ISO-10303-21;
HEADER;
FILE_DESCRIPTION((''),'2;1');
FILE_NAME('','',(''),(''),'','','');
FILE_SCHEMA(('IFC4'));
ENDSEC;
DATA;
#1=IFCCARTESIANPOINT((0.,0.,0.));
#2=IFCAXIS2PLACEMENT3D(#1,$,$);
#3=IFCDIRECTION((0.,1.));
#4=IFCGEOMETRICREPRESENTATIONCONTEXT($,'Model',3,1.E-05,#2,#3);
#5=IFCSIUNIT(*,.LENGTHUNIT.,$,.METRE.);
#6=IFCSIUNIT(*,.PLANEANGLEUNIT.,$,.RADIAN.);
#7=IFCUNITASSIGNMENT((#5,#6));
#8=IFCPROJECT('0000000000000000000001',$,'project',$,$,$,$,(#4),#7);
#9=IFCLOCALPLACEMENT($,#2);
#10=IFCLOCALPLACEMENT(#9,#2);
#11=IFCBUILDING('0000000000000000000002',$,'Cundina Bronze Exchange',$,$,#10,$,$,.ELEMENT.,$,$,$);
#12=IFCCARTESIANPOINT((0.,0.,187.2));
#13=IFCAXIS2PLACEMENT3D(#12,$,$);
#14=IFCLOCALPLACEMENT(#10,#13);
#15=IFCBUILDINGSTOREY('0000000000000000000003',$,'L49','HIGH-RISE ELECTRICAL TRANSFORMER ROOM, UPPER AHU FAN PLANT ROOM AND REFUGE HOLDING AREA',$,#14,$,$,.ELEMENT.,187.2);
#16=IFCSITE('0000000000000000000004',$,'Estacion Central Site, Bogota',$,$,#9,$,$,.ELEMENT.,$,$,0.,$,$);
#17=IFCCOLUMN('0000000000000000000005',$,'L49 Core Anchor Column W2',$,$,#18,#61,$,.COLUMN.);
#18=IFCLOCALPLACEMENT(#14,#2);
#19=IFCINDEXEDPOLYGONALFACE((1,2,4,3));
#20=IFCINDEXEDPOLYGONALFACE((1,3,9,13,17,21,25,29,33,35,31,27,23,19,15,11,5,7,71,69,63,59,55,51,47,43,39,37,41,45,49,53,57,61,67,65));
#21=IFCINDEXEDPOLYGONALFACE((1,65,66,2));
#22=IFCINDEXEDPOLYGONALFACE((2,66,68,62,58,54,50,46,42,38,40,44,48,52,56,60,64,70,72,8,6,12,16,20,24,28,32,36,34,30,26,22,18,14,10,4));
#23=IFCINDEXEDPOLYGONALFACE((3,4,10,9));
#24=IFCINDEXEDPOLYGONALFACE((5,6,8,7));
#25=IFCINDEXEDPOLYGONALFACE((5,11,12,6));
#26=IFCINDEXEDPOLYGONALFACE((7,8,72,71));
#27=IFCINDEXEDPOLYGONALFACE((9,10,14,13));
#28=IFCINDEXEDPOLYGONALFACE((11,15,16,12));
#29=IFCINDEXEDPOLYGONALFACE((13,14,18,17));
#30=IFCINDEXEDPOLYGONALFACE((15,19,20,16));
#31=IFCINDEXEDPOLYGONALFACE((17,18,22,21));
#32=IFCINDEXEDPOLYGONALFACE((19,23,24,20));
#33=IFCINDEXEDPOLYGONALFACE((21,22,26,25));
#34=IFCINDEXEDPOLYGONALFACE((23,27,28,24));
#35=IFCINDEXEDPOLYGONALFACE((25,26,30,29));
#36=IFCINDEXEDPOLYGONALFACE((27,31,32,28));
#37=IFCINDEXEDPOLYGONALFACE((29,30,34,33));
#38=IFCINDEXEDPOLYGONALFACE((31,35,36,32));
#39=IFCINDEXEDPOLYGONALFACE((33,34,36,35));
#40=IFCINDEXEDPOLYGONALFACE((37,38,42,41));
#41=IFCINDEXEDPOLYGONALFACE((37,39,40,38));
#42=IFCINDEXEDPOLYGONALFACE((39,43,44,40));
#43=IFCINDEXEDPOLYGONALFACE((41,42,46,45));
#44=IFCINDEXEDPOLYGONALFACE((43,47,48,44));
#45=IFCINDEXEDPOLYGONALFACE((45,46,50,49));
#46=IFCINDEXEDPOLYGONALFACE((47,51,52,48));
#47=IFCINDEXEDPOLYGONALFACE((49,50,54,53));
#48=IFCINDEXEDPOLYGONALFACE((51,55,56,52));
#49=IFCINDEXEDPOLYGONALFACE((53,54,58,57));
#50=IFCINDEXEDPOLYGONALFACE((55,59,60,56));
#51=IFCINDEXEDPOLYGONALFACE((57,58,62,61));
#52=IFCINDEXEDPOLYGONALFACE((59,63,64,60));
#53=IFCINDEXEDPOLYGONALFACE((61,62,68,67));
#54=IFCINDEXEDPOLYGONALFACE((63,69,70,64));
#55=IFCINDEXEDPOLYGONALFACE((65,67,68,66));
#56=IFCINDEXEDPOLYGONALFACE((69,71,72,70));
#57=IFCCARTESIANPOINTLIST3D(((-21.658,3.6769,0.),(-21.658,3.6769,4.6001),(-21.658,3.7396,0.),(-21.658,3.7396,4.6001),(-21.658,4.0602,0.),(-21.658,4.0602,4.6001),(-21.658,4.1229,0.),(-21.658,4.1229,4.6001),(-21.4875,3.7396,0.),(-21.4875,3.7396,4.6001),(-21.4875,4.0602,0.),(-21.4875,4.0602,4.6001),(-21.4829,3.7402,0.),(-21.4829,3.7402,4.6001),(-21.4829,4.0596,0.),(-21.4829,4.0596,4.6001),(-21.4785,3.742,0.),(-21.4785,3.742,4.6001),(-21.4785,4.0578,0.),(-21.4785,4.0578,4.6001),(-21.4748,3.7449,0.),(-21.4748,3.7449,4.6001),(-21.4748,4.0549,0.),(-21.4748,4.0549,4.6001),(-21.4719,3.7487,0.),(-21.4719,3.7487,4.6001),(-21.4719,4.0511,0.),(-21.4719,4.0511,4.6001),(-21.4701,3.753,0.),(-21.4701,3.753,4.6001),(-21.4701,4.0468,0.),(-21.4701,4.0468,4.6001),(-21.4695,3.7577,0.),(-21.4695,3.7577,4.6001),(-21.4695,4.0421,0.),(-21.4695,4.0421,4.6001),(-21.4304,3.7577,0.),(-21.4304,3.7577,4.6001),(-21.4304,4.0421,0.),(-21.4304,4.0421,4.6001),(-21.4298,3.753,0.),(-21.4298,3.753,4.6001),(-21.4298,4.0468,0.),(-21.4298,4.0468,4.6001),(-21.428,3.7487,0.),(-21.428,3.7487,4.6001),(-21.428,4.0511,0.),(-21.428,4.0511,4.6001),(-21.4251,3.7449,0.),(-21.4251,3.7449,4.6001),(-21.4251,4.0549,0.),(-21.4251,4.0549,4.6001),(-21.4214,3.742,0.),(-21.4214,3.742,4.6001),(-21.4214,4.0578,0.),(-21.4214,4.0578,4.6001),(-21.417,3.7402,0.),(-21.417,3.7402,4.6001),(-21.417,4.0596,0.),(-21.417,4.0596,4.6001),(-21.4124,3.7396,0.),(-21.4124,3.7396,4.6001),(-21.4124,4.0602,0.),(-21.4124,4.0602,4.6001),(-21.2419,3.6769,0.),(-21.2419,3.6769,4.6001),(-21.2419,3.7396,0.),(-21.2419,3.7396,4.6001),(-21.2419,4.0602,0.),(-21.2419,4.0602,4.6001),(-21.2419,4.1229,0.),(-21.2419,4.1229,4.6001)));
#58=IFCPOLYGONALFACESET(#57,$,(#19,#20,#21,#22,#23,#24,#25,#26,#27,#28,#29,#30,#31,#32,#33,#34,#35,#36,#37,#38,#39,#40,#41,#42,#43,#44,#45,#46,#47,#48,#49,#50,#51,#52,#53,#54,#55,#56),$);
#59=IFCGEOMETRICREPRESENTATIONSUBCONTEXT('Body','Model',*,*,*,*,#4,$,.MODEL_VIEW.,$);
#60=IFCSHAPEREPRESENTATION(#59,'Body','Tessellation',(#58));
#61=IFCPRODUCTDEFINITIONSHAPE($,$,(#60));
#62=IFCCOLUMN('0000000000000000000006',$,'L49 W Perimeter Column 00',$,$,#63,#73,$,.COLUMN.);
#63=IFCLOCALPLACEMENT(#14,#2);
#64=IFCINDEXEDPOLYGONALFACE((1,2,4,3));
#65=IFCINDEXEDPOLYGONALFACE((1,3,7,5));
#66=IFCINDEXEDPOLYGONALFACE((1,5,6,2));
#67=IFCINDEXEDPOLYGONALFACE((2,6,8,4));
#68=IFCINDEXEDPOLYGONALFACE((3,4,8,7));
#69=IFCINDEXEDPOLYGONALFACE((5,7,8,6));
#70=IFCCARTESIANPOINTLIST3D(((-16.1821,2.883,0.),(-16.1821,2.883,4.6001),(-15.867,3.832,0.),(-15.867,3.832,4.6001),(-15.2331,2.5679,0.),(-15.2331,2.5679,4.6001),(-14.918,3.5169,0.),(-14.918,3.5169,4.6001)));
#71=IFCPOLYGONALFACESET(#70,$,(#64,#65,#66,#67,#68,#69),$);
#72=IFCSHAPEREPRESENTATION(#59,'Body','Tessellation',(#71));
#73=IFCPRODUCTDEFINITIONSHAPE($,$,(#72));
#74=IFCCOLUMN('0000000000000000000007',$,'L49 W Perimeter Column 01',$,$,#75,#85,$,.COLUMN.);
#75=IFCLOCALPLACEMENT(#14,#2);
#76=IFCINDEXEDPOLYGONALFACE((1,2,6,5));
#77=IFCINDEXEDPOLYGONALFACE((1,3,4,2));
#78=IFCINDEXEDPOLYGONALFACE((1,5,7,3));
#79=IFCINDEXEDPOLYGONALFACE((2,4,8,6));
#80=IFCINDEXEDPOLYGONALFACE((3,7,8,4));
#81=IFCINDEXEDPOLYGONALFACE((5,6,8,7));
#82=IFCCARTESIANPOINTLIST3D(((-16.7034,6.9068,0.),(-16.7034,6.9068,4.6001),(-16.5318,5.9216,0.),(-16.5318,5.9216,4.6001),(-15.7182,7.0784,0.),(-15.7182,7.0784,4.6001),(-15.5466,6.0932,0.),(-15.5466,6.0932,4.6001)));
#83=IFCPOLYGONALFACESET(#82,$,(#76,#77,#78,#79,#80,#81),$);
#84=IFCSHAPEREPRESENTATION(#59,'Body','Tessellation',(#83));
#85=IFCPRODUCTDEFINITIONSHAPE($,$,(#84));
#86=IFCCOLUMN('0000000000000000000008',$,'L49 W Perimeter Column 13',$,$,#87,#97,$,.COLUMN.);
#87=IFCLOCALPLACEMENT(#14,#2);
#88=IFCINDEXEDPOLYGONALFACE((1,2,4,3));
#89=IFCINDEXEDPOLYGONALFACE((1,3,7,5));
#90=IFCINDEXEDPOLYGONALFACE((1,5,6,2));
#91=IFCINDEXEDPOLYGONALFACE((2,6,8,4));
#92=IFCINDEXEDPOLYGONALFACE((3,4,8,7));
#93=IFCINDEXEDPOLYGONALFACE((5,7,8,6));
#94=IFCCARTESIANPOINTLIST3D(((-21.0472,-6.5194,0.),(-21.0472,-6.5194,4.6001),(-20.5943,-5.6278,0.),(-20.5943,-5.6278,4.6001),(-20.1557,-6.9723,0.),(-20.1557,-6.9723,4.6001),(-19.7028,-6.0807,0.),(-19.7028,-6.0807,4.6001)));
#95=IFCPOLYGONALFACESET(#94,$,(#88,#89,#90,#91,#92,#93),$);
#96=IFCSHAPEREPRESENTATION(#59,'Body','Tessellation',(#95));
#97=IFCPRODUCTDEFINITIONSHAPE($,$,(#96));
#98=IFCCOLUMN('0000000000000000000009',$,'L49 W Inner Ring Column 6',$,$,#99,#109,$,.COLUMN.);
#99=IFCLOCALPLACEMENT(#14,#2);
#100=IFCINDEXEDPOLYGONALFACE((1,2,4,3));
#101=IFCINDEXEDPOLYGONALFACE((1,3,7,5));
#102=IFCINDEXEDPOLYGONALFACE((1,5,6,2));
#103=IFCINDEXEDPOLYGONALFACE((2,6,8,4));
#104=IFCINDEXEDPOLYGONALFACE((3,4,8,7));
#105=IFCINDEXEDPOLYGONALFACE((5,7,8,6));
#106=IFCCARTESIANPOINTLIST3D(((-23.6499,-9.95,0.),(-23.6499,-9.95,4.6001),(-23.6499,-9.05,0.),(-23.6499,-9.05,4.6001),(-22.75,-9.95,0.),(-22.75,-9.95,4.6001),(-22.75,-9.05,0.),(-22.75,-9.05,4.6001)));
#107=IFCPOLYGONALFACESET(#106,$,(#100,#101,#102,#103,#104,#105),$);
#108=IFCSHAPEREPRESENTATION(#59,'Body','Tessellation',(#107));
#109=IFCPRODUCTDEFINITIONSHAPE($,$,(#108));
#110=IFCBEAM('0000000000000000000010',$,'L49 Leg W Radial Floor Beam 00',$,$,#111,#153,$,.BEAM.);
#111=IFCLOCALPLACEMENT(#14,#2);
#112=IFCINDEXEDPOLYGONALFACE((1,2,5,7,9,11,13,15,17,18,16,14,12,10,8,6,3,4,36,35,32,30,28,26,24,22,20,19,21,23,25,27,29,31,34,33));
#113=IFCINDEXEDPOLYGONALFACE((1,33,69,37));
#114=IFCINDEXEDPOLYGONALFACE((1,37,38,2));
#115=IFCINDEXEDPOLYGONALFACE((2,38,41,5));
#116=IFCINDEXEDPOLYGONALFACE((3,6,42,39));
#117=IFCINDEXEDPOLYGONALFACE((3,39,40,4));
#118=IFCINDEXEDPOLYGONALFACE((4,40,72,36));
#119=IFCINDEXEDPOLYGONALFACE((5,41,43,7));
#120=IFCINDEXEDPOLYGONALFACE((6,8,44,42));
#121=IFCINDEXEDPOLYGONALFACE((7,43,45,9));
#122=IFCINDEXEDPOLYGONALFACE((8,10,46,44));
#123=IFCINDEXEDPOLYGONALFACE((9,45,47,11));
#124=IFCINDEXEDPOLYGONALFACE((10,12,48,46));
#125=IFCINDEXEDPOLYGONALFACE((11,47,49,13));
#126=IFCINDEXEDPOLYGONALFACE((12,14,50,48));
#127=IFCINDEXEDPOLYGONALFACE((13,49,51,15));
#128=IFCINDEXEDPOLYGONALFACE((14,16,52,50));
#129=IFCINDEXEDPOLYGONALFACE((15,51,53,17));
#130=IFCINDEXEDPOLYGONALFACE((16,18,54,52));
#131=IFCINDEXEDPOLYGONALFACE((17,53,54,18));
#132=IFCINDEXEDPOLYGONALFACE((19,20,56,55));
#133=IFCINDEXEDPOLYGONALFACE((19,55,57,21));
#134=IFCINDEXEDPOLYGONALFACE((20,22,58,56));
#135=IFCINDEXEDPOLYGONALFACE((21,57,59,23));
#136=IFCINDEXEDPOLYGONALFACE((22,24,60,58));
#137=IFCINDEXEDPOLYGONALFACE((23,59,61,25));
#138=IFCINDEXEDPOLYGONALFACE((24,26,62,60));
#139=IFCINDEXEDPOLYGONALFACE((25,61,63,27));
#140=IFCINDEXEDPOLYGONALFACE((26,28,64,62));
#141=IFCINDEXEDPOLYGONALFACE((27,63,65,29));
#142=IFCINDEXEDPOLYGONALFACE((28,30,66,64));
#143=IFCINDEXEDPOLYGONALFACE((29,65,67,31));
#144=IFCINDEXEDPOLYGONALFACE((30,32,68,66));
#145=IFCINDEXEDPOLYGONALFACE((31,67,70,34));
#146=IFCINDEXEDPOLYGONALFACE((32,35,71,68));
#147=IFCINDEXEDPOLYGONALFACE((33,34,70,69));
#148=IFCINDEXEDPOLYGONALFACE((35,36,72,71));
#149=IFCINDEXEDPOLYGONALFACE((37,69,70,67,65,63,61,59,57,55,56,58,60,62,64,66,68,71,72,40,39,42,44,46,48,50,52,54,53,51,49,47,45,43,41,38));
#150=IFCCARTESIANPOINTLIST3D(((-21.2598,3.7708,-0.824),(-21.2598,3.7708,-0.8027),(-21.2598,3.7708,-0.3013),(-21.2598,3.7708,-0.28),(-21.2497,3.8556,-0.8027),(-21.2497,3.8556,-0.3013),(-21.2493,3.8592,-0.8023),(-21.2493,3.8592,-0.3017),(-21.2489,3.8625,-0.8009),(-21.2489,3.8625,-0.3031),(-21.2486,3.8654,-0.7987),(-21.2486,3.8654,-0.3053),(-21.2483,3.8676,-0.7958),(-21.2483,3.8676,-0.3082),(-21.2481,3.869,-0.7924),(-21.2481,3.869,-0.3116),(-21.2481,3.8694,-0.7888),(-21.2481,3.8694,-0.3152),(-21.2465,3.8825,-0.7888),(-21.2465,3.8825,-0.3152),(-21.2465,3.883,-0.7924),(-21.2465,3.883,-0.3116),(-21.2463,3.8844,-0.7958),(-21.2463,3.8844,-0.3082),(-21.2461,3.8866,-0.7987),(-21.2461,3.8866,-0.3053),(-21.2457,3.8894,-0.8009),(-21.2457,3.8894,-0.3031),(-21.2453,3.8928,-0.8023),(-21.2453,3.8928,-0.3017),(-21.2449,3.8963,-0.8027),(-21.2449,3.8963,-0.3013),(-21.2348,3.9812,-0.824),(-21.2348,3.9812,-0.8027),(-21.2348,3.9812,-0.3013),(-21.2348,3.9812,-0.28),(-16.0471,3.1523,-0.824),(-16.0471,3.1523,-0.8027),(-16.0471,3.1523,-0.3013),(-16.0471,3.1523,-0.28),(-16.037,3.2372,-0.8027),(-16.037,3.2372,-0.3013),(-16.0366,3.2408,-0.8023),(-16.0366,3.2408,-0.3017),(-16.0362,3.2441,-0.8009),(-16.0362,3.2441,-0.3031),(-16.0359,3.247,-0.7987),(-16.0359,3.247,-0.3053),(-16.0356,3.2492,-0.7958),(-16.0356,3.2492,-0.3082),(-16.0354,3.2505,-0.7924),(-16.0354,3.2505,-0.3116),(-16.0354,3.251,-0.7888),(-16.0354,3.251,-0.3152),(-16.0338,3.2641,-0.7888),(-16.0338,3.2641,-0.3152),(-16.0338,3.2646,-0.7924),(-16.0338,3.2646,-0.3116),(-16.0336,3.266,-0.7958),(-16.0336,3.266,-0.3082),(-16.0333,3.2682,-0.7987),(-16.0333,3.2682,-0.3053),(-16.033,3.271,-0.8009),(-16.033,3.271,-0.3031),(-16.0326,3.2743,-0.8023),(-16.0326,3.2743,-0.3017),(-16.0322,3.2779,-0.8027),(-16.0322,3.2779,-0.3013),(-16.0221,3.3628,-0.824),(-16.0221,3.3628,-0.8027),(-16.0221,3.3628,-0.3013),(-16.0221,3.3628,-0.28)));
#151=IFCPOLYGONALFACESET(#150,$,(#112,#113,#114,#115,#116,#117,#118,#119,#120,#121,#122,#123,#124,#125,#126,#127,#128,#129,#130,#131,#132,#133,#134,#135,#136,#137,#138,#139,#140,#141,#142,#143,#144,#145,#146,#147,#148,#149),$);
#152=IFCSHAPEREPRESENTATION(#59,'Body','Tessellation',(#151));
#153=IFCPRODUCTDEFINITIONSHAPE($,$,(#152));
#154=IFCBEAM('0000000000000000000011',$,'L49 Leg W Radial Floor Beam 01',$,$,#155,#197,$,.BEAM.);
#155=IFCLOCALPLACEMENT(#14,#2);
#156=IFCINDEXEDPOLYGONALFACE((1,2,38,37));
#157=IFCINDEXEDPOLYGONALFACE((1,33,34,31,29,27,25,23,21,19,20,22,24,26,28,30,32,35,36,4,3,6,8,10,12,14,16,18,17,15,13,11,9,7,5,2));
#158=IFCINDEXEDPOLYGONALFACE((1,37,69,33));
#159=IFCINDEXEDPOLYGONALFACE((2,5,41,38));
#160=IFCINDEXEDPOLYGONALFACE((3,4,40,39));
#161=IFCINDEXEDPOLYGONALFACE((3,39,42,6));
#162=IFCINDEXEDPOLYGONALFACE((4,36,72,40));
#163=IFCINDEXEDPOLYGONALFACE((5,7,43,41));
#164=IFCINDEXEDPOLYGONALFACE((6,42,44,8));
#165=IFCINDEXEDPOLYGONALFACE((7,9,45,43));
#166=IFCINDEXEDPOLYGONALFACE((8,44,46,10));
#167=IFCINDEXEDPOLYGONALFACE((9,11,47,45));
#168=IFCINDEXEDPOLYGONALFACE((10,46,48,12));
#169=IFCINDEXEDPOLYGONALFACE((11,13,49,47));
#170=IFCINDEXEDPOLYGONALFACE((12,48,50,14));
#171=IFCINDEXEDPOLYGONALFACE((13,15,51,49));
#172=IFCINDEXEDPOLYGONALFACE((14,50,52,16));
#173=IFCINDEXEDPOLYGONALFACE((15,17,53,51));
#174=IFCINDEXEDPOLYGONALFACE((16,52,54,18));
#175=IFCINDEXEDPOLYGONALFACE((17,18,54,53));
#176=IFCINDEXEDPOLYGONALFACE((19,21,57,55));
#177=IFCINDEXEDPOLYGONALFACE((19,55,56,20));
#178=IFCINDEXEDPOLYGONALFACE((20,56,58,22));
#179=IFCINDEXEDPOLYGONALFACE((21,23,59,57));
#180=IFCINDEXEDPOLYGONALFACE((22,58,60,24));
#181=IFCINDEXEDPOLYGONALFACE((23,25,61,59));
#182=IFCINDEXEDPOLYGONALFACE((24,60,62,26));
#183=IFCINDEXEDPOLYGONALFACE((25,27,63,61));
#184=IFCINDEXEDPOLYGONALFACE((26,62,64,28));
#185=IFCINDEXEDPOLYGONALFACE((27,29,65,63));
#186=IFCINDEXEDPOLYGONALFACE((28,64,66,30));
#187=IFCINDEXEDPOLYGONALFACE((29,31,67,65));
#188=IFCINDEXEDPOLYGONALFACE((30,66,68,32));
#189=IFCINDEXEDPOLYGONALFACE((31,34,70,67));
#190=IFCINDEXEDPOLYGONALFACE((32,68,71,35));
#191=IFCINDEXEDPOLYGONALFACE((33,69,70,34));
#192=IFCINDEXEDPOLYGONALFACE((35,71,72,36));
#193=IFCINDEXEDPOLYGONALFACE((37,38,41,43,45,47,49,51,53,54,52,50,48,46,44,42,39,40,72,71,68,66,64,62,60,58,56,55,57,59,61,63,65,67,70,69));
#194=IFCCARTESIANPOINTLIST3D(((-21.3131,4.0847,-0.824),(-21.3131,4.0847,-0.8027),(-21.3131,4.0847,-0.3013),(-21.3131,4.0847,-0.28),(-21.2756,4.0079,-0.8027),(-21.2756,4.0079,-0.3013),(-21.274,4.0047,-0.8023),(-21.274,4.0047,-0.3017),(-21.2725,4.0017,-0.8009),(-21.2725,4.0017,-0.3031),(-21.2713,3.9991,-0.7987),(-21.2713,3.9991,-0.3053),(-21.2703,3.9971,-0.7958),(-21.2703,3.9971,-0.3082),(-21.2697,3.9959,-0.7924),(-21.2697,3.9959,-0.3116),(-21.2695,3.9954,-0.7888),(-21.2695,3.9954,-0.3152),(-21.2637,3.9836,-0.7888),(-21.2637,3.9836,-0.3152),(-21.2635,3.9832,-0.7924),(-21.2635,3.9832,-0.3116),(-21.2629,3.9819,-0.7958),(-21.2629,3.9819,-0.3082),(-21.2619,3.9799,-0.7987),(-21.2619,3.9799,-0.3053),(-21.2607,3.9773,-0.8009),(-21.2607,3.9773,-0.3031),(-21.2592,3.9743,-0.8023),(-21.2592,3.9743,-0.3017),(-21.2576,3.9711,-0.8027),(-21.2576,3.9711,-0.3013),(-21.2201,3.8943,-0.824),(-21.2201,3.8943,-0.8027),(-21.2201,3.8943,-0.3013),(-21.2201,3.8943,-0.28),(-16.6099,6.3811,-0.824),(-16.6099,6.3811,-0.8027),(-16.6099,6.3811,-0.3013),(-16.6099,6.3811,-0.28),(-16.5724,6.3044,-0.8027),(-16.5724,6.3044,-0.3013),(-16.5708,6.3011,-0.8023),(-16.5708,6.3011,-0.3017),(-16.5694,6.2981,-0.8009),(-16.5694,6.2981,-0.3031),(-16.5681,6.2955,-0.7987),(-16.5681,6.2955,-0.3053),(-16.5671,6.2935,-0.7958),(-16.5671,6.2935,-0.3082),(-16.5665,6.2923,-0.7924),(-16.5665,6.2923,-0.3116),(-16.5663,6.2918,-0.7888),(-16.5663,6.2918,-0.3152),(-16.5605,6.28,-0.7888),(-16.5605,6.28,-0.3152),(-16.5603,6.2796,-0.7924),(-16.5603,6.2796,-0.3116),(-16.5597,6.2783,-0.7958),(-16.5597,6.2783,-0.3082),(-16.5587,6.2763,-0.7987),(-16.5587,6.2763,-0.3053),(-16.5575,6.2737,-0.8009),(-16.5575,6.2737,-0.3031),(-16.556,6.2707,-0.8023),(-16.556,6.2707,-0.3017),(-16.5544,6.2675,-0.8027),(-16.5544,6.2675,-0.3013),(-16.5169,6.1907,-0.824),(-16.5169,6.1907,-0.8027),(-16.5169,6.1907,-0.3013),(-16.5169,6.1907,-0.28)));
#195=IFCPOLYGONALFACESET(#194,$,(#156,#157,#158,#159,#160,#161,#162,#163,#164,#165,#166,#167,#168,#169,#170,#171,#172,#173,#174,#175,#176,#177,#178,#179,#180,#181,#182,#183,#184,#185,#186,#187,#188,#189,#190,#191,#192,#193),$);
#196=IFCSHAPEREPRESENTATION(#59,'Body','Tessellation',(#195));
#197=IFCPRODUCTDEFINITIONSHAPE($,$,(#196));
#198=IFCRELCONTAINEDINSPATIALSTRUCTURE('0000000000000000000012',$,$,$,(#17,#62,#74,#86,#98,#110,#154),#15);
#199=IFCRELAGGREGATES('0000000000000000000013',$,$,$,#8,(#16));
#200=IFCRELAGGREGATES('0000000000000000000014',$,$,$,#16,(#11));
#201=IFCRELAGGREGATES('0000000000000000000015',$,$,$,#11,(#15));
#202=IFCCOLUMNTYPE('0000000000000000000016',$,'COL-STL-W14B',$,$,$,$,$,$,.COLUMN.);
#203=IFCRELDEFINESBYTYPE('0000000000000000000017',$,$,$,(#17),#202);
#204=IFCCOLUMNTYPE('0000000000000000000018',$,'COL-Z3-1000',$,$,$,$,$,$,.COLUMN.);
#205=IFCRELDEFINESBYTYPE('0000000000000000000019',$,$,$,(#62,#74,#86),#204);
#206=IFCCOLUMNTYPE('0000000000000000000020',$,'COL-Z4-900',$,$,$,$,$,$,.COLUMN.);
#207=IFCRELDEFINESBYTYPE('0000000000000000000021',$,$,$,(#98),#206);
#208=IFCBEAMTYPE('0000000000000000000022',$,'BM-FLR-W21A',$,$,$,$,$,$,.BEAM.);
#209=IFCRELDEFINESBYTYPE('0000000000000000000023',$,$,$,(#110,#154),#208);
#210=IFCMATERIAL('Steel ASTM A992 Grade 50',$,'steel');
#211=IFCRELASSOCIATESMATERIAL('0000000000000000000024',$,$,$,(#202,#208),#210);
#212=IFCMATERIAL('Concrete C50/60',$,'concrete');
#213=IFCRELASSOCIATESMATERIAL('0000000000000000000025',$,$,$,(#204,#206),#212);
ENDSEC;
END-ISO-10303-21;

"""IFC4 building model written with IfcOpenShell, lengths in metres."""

from ifc_helpers import new_model, si_unit, direction, frame, origin, origin_2d, place, context, subcontext, project, spatial, rectangle, i_section, extrude, material, material_profile, profile_set, type_object, element, save


model = new_model("IFC4")

# Units and contexts
model_context = context("Model", 3, precision=1e-05, world=origin(), true_north=direction((0.0, 1.0)))
body_context = subcontext(model_context, "Body", "Model", "MODEL_VIEW")
ifc_project = project(units=[si_unit("LENGTHUNIT", "METRE"), si_unit("PLANEANGLEUNIT", "RADIAN")], contexts=[model_context])

# Site, building, storey
site_placement = place(None, origin())
site = spatial("IfcSite", under=ifc_project, at=site_placement, Name="Estacion Central Site, Bogota", CompositionType="ELEMENT", RefElevation=0.0)
building_placement = place(site_placement, origin())
building = spatial("IfcBuilding", under=site, at=building_placement, Name="Cundina Bronze Exchange", CompositionType="ELEMENT")
storey_placement = place(building_placement, frame((0.0, 0.0, 187.2)))
storey = spatial("IfcBuildingStorey", under=building, at=storey_placement, Name="L49", Description="HIGH-RISE ELECTRICAL TRANSFORMER ROOM, UPPER AHU FAN PLANT ROOM AND REFUGE HOLDING AREA", CompositionType="ELEMENT", Elevation=187.2)

# Columns
ifc_material_1 = material(Name="Steel ASTM A992 Grade 50", Category="steel")
ifc_material_profile_1 = material_profile(ifc_material_1, i_section(OverallWidth=0.416, OverallDepth=0.446, WebThickness=0.0391, FlangeThickness=0.0627, FilletRadius=0.0181, at=origin_2d()), Name="W14X342", Category="steel")
ifc_profile_set_1 = profile_set([ifc_material_profile_1], Name="Steel ASTM A992 Grade 50")
column_type_1 = type_object("IfcColumnType", Name="COL-STL-W14B", PredefinedType="COLUMN", material=ifc_profile_set_1)
column_1_placement = place(storey_placement, frame((-21.45, 3.8999, 0.0), z_axis=(0.0, 0.0, 1.0), x_axis=(1.0, 0.0, 0.0)))
element("IfcColumn", 1, at=column_1_placement, inside=storey, type_object=column_type_1, Name="L49 Core Anchor Column W2", PredefinedType="COLUMN", context=body_context, shape_type="SweptSolid", body=[
    extrude(i_section(OverallWidth=0.416, OverallDepth=0.446, WebThickness=0.0391, FlangeThickness=0.0627, FilletRadius=0.0181, at=origin_2d()), origin(), (0.0, 0.0, 1.0), 4.6001),
])
ifc_material_2 = material(Name="Concrete C50/60", Category="concrete")
ifc_material_profile_2 = material_profile(ifc_material_2, rectangle(XDim=1.0, YDim=1.0, at=origin_2d()), Name="RC1000X1000", Category="concrete")
ifc_profile_set_2 = profile_set([ifc_material_profile_2], Name="Concrete C50/60")
column_type_2 = type_object("IfcColumnType", Name="COL-Z3-1000", PredefinedType="COLUMN", material=ifc_profile_set_2)
for number, where, z_axis, x_axis, name in (
    (2, (-15.55, 3.2, 0.0), (0.0, 0.0, 1.0), (0.315152, 0.949041, 0.0), "L49 W Perimeter Column 00"),
    (3, (-16.125, 6.5, 0.0), (0.0, 0.0, 1.0), (-0.171585, 0.985169, 0.0), "L49 W Perimeter Column 01"),
    (4, (-20.375, -6.3, 0.0), (0.0, 0.0, 1.0), (0.452902, 0.891561, 0.0), "L49 W Perimeter Column 13"),
):
    element("IfcColumn", number, at=place(storey_placement, frame(where, z_axis=z_axis, x_axis=x_axis)), inside=storey, type_object=column_type_2, Name=name, PredefinedType="COLUMN", context=body_context, shape_type="SweptSolid", body=[
        extrude(rectangle(XDim=1.0, YDim=1.0, at=origin_2d()), origin(), (0.0, 0.0, 1.0), 4.6001),
    ])
ifc_material_profile_3 = material_profile(ifc_material_2, rectangle(XDim=0.8999, YDim=0.8999, at=origin_2d()), Name="RC900X900", Category="concrete")
ifc_profile_set_3 = profile_set([ifc_material_profile_3], Name="Concrete C50/60")
column_type_3 = type_object("IfcColumnType", Name="COL-Z4-900", PredefinedType="COLUMN", material=ifc_profile_set_3)
column_2_placement = place(storey_placement, frame((-23.2, -9.5, 0.0), z_axis=(0.0, 0.0, 1.0), x_axis=(1.0, 0.0, 0.0)))
element("IfcColumn", 5, at=column_2_placement, inside=storey, type_object=column_type_3, Name="L49 W Inner Ring Column 6", PredefinedType="COLUMN", context=body_context, shape_type="SweptSolid", body=[
    extrude(rectangle(XDim=0.8999, YDim=0.8999, at=origin_2d()), origin(), (0.0, 0.0, 1.0), 4.6001),
])

# Beams
ifc_material_profile_4 = material_profile(ifc_material_1, i_section(OverallWidth=0.2119, OverallDepth=0.5439, WebThickness=0.0132, FlangeThickness=0.0212, FilletRadius=0.0139, at=origin_2d()), Name="W21X83", Category="steel")
ifc_profile_set_4 = profile_set([ifc_material_profile_4], Name="Steel ASTM A992 Grade 50")
beam_type_1 = type_object("IfcBeamType", Name="BM-FLR-W21A", PredefinedType="BEAM", material=ifc_profile_set_4)
beam_1_placement = place(storey_placement, frame((-21.2473, 3.876, -0.552), z_axis=(0.993036, -0.11781, 0.0), x_axis=(0.11781, 0.993036, 0.0)))
element("IfcBeam", 6, at=beam_1_placement, inside=storey, type_object=beam_type_1, Name="L49 Leg W Radial Floor Beam 00", PredefinedType="BEAM", context=body_context, shape_type="SweptSolid", body=[
    extrude(i_section(OverallWidth=0.2119, OverallDepth=0.5439, WebThickness=0.0132, FlangeThickness=0.0212, FilletRadius=0.0139, at=origin_2d()), origin(), (0.0, 0.0, 1.0), 5.2493),
])
beam_2_placement = place(storey_placement, frame((-21.2666, 3.9895, -0.552), z_axis=(0.898604, 0.43876, 0.0), x_axis=(-0.43876, 0.898604, 0.0)))
element("IfcBeam", 7, at=beam_2_placement, inside=storey, type_object=beam_type_1, Name="L49 Leg W Radial Floor Beam 01", PredefinedType="BEAM", context=body_context, shape_type="SweptSolid", body=[
    extrude(i_section(OverallWidth=0.2119, OverallDepth=0.5439, WebThickness=0.0132, FlangeThickness=0.0212, FilletRadius=0.0139, at=origin_2d()), origin(), (0.0, 0.0, 1.0), 5.2339),
])

save(model, "model.ifc")
